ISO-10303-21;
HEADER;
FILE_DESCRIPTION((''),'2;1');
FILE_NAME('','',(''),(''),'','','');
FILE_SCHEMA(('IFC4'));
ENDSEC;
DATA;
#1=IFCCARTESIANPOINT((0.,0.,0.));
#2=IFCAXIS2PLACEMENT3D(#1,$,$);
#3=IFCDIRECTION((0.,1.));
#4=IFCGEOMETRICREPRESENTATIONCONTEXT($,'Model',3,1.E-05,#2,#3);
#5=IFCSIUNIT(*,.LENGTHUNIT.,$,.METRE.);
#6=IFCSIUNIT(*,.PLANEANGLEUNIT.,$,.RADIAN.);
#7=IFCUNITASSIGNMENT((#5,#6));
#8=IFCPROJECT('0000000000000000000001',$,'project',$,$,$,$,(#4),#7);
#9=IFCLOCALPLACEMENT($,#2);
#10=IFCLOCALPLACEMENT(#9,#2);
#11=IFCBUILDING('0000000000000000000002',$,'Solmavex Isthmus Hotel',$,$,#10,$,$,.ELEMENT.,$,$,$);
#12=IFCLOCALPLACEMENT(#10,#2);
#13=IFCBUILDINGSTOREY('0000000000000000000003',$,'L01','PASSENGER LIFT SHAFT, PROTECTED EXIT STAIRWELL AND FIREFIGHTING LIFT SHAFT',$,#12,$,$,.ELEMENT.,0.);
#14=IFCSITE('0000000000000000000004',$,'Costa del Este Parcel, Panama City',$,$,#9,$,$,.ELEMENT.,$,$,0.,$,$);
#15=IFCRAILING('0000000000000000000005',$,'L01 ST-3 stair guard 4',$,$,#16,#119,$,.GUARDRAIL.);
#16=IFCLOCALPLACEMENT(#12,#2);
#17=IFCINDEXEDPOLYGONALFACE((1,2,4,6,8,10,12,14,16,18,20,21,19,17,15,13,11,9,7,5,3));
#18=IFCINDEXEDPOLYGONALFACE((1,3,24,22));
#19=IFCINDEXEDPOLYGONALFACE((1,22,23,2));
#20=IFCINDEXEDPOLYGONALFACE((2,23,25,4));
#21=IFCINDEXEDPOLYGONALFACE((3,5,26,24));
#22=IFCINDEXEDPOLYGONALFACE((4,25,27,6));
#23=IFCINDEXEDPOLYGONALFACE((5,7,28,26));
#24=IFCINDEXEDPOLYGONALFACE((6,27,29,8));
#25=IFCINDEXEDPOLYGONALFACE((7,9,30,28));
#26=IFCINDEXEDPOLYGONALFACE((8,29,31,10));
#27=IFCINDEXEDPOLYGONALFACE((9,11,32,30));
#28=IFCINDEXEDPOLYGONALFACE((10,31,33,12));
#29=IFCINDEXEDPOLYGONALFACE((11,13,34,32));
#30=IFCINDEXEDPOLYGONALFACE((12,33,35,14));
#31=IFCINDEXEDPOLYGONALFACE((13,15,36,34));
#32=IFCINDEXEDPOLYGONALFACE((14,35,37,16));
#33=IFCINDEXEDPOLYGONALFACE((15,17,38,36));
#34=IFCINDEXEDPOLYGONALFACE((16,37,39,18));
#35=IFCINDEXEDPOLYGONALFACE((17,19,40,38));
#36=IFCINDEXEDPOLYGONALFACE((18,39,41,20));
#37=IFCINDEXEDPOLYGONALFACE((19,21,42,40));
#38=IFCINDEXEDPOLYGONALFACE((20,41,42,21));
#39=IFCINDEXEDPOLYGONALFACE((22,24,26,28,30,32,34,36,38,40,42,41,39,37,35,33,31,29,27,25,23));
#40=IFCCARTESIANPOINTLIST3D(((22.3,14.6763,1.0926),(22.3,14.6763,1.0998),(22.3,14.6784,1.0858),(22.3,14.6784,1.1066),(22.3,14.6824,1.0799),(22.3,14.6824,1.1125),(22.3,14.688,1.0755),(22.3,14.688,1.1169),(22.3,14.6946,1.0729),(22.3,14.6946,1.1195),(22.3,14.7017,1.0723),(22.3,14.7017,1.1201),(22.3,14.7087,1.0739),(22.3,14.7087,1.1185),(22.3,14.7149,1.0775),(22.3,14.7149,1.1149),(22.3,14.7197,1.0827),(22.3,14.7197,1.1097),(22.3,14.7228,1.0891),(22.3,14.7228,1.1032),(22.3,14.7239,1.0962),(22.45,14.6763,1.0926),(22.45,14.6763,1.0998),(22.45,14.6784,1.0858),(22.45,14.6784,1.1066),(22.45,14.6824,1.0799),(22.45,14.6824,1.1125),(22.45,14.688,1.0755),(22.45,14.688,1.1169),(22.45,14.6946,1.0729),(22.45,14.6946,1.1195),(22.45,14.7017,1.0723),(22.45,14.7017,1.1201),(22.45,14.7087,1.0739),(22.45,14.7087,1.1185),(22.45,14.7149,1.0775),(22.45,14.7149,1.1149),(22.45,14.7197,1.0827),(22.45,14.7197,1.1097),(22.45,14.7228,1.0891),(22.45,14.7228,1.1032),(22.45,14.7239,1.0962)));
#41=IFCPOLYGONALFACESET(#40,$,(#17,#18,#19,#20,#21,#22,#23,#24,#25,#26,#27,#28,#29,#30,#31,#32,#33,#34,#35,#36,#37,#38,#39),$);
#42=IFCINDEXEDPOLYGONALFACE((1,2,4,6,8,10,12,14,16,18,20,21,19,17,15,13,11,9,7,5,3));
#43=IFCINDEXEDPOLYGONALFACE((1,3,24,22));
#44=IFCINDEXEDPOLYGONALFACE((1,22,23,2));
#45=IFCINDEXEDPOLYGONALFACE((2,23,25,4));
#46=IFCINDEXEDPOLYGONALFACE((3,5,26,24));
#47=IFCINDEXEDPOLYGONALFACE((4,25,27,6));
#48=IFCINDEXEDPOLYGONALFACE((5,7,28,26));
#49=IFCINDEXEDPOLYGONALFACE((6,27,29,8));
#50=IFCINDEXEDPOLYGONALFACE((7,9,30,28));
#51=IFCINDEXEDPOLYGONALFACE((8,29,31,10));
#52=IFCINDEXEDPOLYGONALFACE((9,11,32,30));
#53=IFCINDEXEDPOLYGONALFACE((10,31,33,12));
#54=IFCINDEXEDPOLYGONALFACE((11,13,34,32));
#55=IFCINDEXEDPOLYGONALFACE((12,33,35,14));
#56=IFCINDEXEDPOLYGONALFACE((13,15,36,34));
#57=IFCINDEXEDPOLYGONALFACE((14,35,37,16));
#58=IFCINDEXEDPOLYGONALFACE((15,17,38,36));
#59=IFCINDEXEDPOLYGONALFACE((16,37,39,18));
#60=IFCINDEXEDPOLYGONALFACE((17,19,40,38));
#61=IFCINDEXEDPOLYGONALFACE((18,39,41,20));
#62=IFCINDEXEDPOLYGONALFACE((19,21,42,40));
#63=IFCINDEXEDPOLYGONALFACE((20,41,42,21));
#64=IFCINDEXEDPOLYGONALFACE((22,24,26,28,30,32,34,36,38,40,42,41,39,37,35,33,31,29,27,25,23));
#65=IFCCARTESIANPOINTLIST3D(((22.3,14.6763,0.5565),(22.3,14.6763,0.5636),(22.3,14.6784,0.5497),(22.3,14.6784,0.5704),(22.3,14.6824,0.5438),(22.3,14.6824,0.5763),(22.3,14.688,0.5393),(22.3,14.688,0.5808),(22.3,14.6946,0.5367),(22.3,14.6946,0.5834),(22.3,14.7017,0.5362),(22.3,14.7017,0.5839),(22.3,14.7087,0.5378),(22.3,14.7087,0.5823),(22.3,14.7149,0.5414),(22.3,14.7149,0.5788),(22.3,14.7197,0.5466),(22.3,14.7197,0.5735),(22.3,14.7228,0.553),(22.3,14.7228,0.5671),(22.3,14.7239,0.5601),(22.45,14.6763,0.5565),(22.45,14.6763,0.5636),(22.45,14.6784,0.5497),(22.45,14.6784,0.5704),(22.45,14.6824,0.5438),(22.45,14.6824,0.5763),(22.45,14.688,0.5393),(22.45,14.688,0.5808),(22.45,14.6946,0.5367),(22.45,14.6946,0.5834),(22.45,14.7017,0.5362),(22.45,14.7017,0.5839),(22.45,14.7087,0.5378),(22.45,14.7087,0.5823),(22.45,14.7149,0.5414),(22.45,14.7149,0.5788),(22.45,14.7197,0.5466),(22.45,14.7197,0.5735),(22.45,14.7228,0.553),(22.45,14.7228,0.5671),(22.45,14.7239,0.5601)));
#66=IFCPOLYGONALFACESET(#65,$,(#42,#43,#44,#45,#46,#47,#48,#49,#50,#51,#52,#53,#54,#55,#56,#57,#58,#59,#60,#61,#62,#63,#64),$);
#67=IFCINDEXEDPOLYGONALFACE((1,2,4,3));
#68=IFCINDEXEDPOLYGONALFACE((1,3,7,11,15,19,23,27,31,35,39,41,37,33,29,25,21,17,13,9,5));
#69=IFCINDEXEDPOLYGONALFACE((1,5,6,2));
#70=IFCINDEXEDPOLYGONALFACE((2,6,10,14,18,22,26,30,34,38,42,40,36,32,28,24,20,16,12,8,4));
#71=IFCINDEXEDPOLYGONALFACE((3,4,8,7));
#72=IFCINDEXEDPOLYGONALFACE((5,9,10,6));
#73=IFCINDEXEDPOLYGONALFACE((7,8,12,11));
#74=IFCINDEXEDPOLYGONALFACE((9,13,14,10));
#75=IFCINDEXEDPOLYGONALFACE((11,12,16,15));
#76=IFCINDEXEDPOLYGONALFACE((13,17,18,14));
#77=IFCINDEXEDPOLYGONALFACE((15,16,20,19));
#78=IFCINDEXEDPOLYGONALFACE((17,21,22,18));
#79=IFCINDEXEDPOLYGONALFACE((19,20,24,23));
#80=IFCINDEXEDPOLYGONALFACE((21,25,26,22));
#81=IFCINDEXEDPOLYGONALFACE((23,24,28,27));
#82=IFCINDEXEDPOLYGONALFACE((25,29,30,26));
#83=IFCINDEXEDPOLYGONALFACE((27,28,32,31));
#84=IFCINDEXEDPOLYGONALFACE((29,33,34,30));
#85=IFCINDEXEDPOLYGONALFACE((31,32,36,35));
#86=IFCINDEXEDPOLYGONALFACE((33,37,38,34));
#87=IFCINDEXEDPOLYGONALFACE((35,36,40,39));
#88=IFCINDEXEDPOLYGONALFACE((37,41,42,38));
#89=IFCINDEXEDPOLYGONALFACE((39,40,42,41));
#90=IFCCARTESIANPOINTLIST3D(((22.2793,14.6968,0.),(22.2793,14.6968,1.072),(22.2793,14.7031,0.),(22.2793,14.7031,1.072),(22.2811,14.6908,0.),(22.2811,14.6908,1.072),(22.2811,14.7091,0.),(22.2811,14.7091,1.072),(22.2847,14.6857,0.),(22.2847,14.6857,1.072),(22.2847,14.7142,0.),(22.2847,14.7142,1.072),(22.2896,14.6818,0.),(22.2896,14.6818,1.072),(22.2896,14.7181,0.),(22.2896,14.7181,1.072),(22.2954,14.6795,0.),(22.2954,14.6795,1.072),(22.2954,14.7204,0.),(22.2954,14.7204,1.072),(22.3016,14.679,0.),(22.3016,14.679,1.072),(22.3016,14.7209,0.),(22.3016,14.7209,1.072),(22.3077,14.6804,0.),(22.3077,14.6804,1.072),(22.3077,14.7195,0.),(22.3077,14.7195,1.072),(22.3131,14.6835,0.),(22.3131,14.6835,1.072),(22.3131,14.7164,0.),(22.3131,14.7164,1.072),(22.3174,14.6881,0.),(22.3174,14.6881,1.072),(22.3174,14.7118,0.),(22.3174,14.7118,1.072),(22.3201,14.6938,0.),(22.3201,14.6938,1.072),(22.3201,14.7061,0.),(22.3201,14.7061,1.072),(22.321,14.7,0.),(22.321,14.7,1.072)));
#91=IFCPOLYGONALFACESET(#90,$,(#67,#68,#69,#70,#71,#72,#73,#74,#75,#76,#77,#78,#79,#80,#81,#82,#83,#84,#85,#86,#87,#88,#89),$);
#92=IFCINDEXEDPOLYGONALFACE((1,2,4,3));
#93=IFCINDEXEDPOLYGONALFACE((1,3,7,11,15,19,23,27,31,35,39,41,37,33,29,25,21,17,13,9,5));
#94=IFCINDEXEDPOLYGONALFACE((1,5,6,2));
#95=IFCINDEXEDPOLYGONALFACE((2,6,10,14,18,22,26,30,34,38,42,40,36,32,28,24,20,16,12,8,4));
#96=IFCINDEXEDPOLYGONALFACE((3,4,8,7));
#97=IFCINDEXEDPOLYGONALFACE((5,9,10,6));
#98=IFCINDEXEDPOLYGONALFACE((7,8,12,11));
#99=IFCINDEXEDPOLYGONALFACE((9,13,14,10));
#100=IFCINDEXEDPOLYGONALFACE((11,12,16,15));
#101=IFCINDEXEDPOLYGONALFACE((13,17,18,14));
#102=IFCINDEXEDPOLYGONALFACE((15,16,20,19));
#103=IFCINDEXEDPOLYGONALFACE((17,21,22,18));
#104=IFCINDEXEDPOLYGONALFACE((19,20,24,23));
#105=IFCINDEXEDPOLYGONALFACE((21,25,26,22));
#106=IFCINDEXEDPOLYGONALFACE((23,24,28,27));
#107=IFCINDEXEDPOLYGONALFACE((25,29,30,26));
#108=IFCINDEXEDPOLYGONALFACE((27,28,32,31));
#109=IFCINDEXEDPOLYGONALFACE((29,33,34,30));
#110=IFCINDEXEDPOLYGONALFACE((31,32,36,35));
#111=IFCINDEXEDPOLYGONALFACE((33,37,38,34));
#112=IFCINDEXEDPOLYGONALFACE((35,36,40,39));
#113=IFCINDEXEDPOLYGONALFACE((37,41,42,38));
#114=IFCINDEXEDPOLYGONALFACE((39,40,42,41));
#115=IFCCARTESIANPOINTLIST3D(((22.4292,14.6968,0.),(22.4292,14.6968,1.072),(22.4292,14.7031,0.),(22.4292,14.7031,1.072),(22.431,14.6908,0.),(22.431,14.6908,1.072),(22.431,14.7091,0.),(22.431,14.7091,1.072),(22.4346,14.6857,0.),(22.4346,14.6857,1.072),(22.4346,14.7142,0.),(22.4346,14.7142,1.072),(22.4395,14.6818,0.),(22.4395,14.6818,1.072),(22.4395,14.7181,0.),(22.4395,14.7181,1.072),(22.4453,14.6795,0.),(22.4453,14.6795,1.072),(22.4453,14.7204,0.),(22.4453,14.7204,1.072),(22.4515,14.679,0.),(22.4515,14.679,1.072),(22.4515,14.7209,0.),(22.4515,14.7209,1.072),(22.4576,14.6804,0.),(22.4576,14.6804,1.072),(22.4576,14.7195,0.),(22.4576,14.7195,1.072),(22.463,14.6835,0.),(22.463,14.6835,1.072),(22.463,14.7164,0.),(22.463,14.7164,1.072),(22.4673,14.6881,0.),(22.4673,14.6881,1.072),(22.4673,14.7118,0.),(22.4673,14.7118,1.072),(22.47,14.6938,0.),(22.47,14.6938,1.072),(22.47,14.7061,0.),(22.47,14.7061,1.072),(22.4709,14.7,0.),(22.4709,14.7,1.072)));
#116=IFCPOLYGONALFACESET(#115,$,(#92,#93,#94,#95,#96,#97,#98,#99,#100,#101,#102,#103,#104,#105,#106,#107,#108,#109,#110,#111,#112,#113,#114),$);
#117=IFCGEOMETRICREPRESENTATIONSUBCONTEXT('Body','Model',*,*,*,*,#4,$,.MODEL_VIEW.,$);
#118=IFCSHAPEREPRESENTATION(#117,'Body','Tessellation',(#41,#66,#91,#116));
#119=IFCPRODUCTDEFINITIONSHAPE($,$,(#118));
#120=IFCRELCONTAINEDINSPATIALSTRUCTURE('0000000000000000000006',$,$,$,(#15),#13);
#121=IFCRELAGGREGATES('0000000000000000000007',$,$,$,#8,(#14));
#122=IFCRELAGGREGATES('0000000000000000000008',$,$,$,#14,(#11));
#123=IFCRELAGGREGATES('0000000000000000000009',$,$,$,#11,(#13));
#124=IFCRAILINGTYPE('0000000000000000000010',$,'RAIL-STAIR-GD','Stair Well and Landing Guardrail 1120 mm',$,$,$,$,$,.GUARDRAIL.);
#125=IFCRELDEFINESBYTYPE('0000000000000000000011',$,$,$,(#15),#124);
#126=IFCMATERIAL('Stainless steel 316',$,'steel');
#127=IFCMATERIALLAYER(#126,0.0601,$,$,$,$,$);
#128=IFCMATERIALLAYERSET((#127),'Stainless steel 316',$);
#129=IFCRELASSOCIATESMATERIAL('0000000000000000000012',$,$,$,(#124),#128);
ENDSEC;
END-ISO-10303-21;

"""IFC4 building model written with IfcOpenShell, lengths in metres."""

from ifc_helpers import new_model, si_unit, direction, frame, origin, origin_2d, place, context, subcontext, project, spatial, circle, extrude, material, layer, layer_set, type_object, element, save


model = new_model("IFC4")

# Units and contexts
model_context = context("Model", 3, precision=1e-05, world=origin(), true_north=direction((0.0, 1.0)))
body_context = subcontext(model_context, "Body", "Model", "MODEL_VIEW")
ifc_project = project(units=[si_unit("LENGTHUNIT", "METRE"), si_unit("PLANEANGLEUNIT", "RADIAN")], contexts=[model_context])

# Site, building, storey
site_placement = place(None, origin())
site = spatial("IfcSite", under=ifc_project, at=site_placement, Name="Costa del Este Parcel, Panama City", CompositionType="ELEMENT", RefElevation=0.0)
building_placement = place(site_placement, origin())
building = spatial("IfcBuilding", under=site, at=building_placement, Name="Solmavex Isthmus Hotel", CompositionType="ELEMENT")
storey_placement = place(building_placement, origin())
storey = spatial("IfcBuildingStorey", under=building, at=storey_placement, Name="L01", Description="PASSENGER LIFT SHAFT, PROTECTED EXIT STAIRWELL AND FIREFIGHTING LIFT SHAFT", CompositionType="ELEMENT", Elevation=0.0)

# Railing
ifc_material_1 = material(Name="Stainless steel 316", Category="steel")
ifc_layer_1 = layer(ifc_material_1, 0.0601)
ifc_layer_set_1 = layer_set([ifc_layer_1], Name="Stainless steel 316")
railing_type_1 = type_object("IfcRailingType", Name="RAIL-STAIR-GD", Description="Stair Well and Landing Guardrail 1120 mm", PredefinedType="GUARDRAIL", material=ifc_layer_set_1)
railing_1_placement = place(storey_placement, frame((22.3, 14.7, 0.0)))
element("IfcRailing", 1, at=railing_1_placement, inside=storey, type_object=railing_type_1, Name="L01 ST-3 stair guard 4", PredefinedType="GUARDRAIL", context=body_context, shape_type="SweptSolid", body=[
    extrude(circle(Radius=0.0239, at=origin_2d()), frame((0.0, 0.0, 1.0962), z_axis=(1.0, 0.0, 0.0), x_axis=(0.0, 1.0, 0.0)), (0.0, 0.0, 1.0), 0.1499),
    extrude(circle(Radius=0.0239, at=origin_2d()), frame((0.0, 0.0, 0.5601), z_axis=(1.0, 0.0, 0.0), x_axis=(0.0, 1.0, 0.0)), (0.0, 0.0, 1.0), 0.1499),
    extrude(circle(Radius=0.021, at=origin_2d()), origin(), (0.0, 0.0, 1.0), 1.072),
    extrude(circle(Radius=0.021, at=origin_2d()), frame((0.1499, 0.0, 0.0)), (0.0, 0.0, 1.0), 1.072),
])

save(model, "model.ifc")
